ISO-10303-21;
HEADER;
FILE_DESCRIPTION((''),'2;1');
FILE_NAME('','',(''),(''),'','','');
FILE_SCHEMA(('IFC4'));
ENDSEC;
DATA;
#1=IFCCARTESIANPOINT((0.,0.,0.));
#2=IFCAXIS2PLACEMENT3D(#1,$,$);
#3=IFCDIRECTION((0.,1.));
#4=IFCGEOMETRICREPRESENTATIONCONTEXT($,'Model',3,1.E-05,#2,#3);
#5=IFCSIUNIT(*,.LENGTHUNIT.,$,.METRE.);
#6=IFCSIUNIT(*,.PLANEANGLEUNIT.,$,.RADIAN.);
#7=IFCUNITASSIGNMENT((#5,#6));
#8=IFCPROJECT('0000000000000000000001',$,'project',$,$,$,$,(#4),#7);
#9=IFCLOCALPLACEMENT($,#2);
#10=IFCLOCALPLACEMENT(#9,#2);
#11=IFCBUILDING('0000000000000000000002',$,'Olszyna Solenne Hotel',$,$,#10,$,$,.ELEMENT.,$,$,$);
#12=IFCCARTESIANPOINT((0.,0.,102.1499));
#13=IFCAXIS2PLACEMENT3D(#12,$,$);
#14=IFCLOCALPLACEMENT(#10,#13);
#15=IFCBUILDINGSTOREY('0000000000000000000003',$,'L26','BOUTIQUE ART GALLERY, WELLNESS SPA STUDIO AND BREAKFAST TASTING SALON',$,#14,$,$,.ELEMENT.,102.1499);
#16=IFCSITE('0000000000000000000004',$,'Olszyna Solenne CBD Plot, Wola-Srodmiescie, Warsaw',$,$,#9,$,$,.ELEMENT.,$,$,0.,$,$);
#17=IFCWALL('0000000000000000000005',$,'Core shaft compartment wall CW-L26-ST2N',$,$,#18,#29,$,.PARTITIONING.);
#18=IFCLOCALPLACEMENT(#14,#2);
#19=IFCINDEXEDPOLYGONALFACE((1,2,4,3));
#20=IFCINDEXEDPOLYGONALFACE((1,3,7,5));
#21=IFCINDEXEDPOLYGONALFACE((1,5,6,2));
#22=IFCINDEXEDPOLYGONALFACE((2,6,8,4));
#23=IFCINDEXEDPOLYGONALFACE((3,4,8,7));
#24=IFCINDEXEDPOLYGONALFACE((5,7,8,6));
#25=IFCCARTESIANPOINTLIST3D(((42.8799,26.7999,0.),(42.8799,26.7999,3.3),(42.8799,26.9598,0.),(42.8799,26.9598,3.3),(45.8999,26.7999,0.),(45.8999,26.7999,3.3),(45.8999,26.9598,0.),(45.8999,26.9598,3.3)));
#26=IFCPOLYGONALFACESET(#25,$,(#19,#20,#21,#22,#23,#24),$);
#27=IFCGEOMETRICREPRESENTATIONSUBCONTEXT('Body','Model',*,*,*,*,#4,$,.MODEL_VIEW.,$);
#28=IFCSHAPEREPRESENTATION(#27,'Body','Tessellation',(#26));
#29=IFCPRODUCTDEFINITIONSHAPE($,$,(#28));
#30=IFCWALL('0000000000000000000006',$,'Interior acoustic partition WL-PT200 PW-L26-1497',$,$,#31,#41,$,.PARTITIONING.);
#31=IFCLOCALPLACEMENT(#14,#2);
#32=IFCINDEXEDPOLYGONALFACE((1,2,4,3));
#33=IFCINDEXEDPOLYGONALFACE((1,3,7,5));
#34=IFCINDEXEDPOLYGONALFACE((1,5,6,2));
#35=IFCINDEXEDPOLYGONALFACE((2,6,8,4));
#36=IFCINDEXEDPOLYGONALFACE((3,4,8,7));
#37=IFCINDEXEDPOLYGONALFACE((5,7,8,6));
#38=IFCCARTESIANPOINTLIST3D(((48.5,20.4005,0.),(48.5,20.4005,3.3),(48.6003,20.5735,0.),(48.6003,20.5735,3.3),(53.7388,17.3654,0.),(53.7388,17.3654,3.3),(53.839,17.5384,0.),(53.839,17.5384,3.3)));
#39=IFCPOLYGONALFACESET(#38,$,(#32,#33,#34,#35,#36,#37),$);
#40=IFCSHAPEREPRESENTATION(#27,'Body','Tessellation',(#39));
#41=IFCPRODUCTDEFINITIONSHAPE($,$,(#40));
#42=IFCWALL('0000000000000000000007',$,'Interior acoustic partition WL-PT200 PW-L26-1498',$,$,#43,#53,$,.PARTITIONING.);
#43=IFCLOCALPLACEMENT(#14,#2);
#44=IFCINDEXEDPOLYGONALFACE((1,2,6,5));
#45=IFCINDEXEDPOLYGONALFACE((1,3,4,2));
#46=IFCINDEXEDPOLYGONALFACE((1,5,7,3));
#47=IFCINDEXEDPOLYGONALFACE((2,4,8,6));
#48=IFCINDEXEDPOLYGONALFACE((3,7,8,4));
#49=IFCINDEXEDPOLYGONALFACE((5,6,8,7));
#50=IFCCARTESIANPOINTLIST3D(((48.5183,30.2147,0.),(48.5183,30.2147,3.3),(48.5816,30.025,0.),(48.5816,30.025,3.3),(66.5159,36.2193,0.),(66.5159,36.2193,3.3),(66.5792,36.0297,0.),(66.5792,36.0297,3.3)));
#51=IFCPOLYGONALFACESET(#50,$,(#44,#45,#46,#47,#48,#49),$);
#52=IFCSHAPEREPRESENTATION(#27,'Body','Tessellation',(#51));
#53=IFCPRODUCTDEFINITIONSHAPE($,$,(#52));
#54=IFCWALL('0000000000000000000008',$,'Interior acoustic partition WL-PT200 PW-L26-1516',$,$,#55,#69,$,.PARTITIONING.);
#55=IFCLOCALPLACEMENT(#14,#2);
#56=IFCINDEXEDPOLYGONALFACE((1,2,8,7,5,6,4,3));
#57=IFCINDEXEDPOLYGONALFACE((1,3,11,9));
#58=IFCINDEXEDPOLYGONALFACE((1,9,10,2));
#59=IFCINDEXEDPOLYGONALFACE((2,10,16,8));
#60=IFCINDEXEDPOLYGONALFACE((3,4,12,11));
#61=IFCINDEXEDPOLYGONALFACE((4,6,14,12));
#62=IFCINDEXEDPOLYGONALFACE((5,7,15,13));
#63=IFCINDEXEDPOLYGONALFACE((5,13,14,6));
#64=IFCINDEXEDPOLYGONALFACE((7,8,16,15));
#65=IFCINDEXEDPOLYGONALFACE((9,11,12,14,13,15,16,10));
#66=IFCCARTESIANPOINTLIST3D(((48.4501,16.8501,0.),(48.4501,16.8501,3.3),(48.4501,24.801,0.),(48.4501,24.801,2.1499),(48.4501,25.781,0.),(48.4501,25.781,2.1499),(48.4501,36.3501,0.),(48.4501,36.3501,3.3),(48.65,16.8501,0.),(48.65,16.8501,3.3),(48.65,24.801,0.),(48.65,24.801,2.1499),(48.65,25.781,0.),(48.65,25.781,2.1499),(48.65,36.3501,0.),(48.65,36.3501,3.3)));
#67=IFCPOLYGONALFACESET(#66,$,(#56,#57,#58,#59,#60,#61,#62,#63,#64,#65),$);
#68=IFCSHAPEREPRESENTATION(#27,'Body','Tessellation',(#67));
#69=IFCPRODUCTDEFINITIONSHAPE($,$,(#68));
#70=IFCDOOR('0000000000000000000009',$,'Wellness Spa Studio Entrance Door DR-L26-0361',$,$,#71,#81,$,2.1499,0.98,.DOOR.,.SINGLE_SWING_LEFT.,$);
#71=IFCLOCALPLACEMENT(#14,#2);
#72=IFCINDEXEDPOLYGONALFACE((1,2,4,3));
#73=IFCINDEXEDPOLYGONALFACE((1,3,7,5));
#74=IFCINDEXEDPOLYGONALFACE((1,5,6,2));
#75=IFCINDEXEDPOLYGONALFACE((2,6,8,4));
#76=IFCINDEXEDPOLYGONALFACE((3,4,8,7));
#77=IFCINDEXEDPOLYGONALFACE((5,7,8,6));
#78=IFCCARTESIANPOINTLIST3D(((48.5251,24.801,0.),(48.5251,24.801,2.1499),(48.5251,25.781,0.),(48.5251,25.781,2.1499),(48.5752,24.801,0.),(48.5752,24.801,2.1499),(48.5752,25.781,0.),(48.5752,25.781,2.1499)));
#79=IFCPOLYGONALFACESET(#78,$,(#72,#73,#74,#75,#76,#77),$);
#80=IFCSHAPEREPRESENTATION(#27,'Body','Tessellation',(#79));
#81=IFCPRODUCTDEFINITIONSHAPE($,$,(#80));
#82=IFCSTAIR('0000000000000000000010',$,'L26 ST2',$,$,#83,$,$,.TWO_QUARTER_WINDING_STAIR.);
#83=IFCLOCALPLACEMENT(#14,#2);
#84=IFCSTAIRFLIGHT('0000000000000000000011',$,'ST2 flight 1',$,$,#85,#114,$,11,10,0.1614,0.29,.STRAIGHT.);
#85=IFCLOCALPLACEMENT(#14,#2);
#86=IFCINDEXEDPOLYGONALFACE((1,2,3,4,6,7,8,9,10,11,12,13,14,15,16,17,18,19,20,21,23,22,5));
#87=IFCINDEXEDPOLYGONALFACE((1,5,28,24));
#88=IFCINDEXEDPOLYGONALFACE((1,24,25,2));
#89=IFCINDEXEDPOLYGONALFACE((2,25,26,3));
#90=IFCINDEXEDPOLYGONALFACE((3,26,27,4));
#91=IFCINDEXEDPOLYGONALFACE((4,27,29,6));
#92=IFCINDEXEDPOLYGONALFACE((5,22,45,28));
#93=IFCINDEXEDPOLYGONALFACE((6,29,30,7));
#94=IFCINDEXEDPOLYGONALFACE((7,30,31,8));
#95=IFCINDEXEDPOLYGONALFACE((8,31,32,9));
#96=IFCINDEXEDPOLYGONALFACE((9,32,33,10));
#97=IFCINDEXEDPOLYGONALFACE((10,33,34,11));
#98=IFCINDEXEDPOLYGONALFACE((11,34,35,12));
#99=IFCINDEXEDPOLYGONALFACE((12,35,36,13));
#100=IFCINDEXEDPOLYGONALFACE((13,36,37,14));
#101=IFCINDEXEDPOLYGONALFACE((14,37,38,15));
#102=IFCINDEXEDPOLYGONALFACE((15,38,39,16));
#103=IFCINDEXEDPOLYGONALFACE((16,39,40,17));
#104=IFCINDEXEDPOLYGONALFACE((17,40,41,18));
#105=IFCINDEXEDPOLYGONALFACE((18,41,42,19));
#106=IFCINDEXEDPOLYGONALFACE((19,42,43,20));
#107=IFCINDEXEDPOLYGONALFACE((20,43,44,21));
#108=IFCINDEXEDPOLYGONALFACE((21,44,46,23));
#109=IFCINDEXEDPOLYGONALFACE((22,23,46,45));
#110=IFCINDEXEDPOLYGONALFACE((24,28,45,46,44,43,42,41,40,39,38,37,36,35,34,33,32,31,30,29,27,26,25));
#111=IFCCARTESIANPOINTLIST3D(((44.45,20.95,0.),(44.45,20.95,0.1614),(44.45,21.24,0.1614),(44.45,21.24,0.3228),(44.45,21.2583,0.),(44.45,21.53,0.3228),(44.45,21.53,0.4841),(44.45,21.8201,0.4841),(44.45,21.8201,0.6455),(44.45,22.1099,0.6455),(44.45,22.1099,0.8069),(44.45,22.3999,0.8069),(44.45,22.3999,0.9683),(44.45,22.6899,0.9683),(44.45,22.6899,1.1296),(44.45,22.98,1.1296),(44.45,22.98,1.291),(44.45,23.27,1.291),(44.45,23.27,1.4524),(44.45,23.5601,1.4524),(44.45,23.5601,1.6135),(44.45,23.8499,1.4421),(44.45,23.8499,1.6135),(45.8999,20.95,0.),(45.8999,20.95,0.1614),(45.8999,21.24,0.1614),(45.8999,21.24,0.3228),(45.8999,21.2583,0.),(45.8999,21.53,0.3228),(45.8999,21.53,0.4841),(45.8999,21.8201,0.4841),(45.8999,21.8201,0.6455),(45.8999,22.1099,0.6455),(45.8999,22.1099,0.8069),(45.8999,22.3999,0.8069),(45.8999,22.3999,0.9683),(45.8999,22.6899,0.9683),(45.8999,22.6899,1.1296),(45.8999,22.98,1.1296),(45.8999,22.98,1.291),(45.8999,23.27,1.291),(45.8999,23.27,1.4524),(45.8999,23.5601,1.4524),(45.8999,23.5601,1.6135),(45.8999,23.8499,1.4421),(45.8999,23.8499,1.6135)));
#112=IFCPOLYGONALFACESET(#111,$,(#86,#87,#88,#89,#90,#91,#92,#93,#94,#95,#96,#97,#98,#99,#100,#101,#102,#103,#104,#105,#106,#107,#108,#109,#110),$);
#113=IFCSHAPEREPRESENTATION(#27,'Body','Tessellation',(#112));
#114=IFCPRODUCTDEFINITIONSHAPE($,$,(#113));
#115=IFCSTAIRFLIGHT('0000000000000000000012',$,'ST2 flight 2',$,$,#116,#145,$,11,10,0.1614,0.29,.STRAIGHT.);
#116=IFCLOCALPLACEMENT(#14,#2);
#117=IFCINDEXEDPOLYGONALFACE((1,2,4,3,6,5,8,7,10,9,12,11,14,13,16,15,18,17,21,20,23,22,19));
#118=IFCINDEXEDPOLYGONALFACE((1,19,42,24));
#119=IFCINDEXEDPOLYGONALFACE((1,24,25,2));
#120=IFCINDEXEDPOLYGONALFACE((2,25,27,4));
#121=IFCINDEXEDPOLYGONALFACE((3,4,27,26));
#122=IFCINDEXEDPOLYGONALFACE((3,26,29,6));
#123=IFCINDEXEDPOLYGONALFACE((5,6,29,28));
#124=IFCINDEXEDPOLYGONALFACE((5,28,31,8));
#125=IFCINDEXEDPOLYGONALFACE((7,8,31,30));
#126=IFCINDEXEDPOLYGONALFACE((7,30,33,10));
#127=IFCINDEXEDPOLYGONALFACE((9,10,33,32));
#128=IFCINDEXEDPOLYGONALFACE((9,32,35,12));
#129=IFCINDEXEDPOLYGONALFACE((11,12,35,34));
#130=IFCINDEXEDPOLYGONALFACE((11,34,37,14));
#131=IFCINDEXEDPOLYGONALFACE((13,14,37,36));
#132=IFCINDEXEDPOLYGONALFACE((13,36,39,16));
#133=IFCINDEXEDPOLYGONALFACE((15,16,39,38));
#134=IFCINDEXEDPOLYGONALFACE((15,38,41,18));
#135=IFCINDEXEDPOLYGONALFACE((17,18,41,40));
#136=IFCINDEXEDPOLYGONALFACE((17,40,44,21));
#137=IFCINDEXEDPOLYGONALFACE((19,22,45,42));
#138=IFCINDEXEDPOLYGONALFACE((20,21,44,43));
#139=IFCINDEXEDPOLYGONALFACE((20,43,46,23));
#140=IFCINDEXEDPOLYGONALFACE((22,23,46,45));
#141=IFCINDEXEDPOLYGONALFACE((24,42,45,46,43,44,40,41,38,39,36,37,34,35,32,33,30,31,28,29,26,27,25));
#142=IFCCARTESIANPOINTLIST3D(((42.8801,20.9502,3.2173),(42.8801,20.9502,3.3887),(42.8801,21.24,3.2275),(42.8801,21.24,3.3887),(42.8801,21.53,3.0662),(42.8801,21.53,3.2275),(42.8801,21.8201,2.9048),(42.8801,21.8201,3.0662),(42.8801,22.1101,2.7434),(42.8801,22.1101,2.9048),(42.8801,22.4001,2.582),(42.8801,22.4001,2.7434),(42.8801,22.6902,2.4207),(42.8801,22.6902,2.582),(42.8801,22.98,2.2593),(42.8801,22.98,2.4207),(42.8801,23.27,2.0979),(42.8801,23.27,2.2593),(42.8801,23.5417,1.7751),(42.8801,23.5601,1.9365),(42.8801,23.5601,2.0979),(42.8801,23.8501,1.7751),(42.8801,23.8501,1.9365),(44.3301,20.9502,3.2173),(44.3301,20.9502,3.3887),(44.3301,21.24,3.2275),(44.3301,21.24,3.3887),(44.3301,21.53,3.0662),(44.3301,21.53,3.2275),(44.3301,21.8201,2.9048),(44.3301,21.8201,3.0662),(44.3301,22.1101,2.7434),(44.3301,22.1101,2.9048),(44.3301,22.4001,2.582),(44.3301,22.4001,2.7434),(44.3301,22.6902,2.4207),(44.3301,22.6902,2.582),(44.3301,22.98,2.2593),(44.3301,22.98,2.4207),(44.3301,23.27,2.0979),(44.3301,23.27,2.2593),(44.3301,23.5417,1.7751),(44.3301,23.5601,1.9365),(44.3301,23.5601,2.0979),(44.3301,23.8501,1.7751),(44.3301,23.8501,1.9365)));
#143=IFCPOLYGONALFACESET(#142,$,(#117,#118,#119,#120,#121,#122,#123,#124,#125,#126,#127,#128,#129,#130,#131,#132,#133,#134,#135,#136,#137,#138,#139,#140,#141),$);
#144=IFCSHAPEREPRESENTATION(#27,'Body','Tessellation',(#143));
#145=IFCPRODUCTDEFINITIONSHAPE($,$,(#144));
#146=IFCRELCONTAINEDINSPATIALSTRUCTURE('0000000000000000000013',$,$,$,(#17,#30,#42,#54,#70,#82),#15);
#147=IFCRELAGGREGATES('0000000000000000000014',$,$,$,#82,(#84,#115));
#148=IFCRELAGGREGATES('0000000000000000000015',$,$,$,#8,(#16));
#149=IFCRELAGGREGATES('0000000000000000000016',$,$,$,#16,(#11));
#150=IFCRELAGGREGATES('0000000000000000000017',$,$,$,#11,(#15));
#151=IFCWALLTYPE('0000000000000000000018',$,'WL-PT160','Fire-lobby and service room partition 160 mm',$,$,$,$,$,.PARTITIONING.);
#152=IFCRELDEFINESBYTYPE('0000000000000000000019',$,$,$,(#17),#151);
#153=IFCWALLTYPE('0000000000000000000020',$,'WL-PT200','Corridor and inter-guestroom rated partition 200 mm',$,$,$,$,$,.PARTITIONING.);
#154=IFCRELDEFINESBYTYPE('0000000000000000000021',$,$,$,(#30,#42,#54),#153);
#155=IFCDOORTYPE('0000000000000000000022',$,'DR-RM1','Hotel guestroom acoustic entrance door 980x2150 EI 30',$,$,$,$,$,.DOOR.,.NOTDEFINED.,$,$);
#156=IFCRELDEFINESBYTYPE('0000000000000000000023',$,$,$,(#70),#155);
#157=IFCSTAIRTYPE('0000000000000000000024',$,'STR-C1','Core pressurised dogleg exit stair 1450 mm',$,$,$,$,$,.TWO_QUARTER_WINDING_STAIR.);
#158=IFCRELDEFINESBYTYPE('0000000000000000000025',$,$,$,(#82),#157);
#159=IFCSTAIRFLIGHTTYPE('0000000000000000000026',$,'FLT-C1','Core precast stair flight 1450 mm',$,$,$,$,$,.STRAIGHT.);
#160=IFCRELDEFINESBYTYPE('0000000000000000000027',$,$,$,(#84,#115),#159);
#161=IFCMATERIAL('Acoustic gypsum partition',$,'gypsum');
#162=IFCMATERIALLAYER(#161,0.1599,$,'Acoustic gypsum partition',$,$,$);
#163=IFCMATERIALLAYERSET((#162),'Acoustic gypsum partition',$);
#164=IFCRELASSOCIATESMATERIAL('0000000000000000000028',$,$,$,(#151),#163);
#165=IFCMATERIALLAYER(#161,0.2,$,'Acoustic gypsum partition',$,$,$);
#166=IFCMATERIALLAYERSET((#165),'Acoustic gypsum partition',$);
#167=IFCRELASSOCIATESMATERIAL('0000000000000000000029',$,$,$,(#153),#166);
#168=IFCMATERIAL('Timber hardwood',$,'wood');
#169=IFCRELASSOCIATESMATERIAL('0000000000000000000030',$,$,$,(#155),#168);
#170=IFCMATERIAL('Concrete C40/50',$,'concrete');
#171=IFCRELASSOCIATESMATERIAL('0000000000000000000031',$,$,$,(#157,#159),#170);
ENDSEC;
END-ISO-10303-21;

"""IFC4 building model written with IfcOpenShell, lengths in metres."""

from ifc_helpers import new_model, si_unit, direction, frame, frame_2d, origin, place, context, subcontext, project, spatial, polyline, rectangle, outline, extrude, source, transform, mapped, material, layer, layer_set, type_object, type_shapes, element, fill, aggregate, save


model = new_model("IFC4")

# Units and contexts
model_context = context("Model", 3, precision=1e-05, world=origin(), true_north=direction((0.0, 1.0)))
body_context = subcontext(model_context, "Body", "Model", "MODEL_VIEW")
ifc_project = project(units=[si_unit("LENGTHUNIT", "METRE"), si_unit("PLANEANGLEUNIT", "RADIAN")], contexts=[model_context])

# Site, building, storey
site_placement = place(None, origin())
site = spatial("IfcSite", under=ifc_project, at=site_placement, Name="Olszyna Solenne CBD Plot, Wola-Srodmiescie, Warsaw", CompositionType="ELEMENT", RefElevation=0.0)
building_placement = place(site_placement, origin())
building = spatial("IfcBuilding", under=site, at=building_placement, Name="Olszyna Solenne Hotel", CompositionType="ELEMENT")
storey_placement = place(building_placement, frame((0.0, 0.0, 102.1499)))
storey = spatial("IfcBuildingStorey", under=building, at=storey_placement, Name="L26", Description="BOUTIQUE ART GALLERY, WELLNESS SPA STUDIO AND BREAKFAST TASTING SALON", CompositionType="ELEMENT", Elevation=102.1499)

# Shared definitions
ifc_material_1 = material(Name="Acoustic gypsum partition", Category="gypsum")

# Shared definitions
ifc_layer_1 = layer(ifc_material_1, 0.1599, Name="Acoustic gypsum partition")
ifc_layer_set_1 = layer_set([ifc_layer_1], Name="Acoustic gypsum partition")
wall_type_1 = type_object("IfcWallType", Name="WL-PT160", Description="Fire-lobby and service room partition 160 mm", PredefinedType="PARTITIONING", material=ifc_layer_set_1)

# Walls
wall_1_placement = place(storey_placement, frame((42.8799, 26.8799, 0.0), z_axis=(0.0, 0.0, 1.0), x_axis=(1.0, 0.0, 0.0)))
element("IfcWall", 1, at=wall_1_placement, inside=storey, type_object=wall_type_1, Name="Core shaft compartment wall CW-L26-ST2N", PredefinedType="PARTITIONING", context=body_context, shape_type="SweptSolid", body=[
    extrude(rectangle(XDim=3.02, YDim=0.1599, at=frame_2d((1.51, 0.0))), origin(), (0.0, 0.0, 1.0), 3.3),
])
ifc_layer_2 = layer(ifc_material_1, 0.2, Name="Acoustic gypsum partition")
ifc_layer_set_2 = layer_set([ifc_layer_2], Name="Acoustic gypsum partition")
wall_type_2 = type_object("IfcWallType", Name="WL-PT200", Description="Corridor and inter-guestroom rated partition 200 mm", PredefinedType="PARTITIONING", material=ifc_layer_set_2)
wall_2_placement = place(storey_placement, frame((48.55, 20.4871, 0.0), z_axis=(0.0, 0.0, 1.0), x_axis=(0.86527, -0.501306, 0.0)))
element("IfcWall", 2, at=wall_2_placement, inside=storey, type_object=wall_type_2, Name="Interior acoustic partition WL-PT200 PW-L26-1497", PredefinedType="PARTITIONING", context=body_context, shape_type="SweptSolid", body=[
    extrude(rectangle(XDim=6.0544, YDim=0.2, at=frame_2d((3.0273, 0.0))), origin(), (0.0, 0.0, 1.0), 3.3),
])
wall_3_placement = place(storey_placement, frame((48.55, 30.1199, 0.0), z_axis=(0.0, 0.0, 1.0), x_axis=(0.948597, 0.316486, 0.0)))
element("IfcWall", 3, at=wall_3_placement, inside=storey, type_object=wall_type_2, Name="Interior acoustic partition WL-PT200 PW-L26-1498", PredefinedType="PARTITIONING", context=body_context, shape_type="SweptSolid", body=[
    extrude(rectangle(XDim=18.9729, YDim=0.2, at=frame_2d((9.4863, 0.0))), origin(), (0.0, 0.0, 1.0), 3.3),
])

# Wall, opening, door
wall_4_placement = place(storey_placement, frame((48.55, 16.8501, 0.0), z_axis=(0.0, 0.0, 1.0), x_axis=(0.0, 1.0, 0.0)))
wall_4 = element("IfcWall", 4, at=wall_4_placement, inside=storey, type_object=wall_type_2, Name="Interior acoustic partition WL-PT200 PW-L26-1516", PredefinedType="PARTITIONING", context=body_context, shape_type="SweptSolid", body=[
    extrude(rectangle(XDim=19.5, YDim=0.2, at=frame_2d((9.75, 0.0))), origin(), (0.0, 0.0, 1.0), 3.3),
])
opening_1_placement = place(wall_4_placement, frame((7.9509, 0.0, 0.0)))
opening_1 = element("IfcOpeningElement", 5, at=opening_1_placement, cuts=wall_4, PredefinedType="OPENING", context=body_context, shape_type="SweptSolid", body=[
    extrude(rectangle(XDim=0.98, YDim=2.1499, at=frame_2d((0.49, 1.075))), frame((0.0, 0.1099, 0.0), z_axis=(0.0, -1.0, 0.0), x_axis=(1.0, 0.0, 0.0)), (0.0, 0.0, 1.0), 0.22),
])
ifc_material_2 = material(Name="Timber hardwood", Category="wood")
door_type_1 = type_object("IfcDoorType", Name="DR-RM1", Description="Hotel guestroom acoustic entrance door 980x2150 EI 30", OperationType="NOTDEFINED", PredefinedType="DOOR", material=ifc_material_2)
shared_shape_1 = source(origin(), body_context, "Body", "SweptSolid", [
    extrude(rectangle(XDim=0.98, YDim=2.1499, at=frame_2d((0.49, 1.075))), frame((0.0, 0.0249, 0.0), z_axis=(0.0, -1.0, 0.0), x_axis=(1.0, 0.0, 0.0)), (0.0, 0.0, 1.0), 0.05),
])
type_shapes(door_type_1, [shared_shape_1])
door_1_placement = place(opening_1_placement, origin())
door_1 = element("IfcDoor", 6, at=door_1_placement, inside=storey, type_object=door_type_1, Name="Wellness Spa Studio Entrance Door DR-L26-0361", OperationType="SINGLE_SWING_LEFT", OverallHeight=2.1499, OverallWidth=0.98, PredefinedType="DOOR", context=body_context, shape_type="MappedRepresentation", body=[
    mapped(shared_shape_1, transform((0.0, 0.0, 0.0), x_axis=(1.0, 0.0, 0.0), y_axis=(0.0, 1.0, 0.0), z_axis=(0.0, 0.0, 1.0), scale=1.0)),
])
fill(opening_1, door_1)

# Stair, stair flights
ifc_material_3 = material(Name="Concrete C40/50", Category="concrete")
stair_type = type_object("IfcStairType", Name="STR-C1", Description="Core pressurised dogleg exit stair 1450 mm", PredefinedType="TWO_QUARTER_WINDING_STAIR", material=ifc_material_3)
stair_placement = place(storey_placement, origin())
stair = element("IfcStair", 7, at=stair_placement, inside=storey, type_object=stair_type, Name="L26 ST2", PredefinedType="TWO_QUARTER_WINDING_STAIR")
stair_flight_type = type_object("IfcStairFlightType", Name="FLT-C1", Description="Core precast stair flight 1450 mm", PredefinedType="STRAIGHT", material=ifc_material_3)
stair_flight_1_placement = place(storey_placement, frame((45.175, 20.95, 0.0), z_axis=(0.0, 0.0, 1.0), x_axis=(0.0, 1.0, 0.0)))
stair_flight_1 = element("IfcStairFlight", 8, at=stair_flight_1_placement, type_object=stair_flight_type, Name="ST2 flight 1", NumberOfRisers=11, NumberOfTreads=10, PredefinedType="STRAIGHT", RiserHeight=0.1614, TreadLength=0.29, context=body_context, shape_type="SweptSolid", body=[
    extrude(outline(polyline([(0.0, 0.0), (0.0, 0.1614), (0.29, 0.1614), (0.29, 0.3228), (0.5801, 0.3228), (0.5801, 0.4841), (0.8701, 0.4841), (0.8701, 0.6455), (1.1599, 0.6455), (1.1599, 0.8069), (1.45, 0.8069), (1.45, 0.9683), (1.74, 0.9683), (1.74, 1.1296), (2.03, 1.1296), (2.03, 1.291), (2.3201, 1.291), (2.3201, 1.4524), (2.6101, 1.4524), (2.6101, 1.6135), (2.8999, 1.6135), (2.8999, 1.7749), (2.8999, 1.4421), (0.3083, 0.0), (0.0, 0.0)])), frame((0.0, 0.7251, 0.0), z_axis=(0.0, -1.0, 0.0), x_axis=(1.0, 0.0, 0.0)), (0.0, 0.0, 1.0), 1.45),
])
stair_flight_2_placement = place(storey_placement, frame((43.605, 23.8501, 1.7751), z_axis=(0.0, 0.0, 1.0), x_axis=(0.0, -1.0, 0.0)))
stair_flight_2 = element("IfcStairFlight", 9, at=stair_flight_2_placement, type_object=stair_flight_type, Name="ST2 flight 2", NumberOfRisers=11, NumberOfTreads=10, PredefinedType="STRAIGHT", RiserHeight=0.1614, TreadLength=0.29, context=body_context, shape_type="SweptSolid", body=[
    extrude(outline(polyline([(0.0, 0.0), (0.0, 0.1614), (0.29, 0.1614), (0.29, 0.3228), (0.5801, 0.3228), (0.5801, 0.4841), (0.8701, 0.4841), (0.8701, 0.6455), (1.1599, 0.6455), (1.1599, 0.8069), (1.45, 0.8069), (1.45, 0.9683), (1.74, 0.9683), (1.74, 1.1296), (2.03, 1.1296), (2.03, 1.291), (2.3201, 1.291), (2.3201, 1.4524), (2.6101, 1.4524), (2.6101, 1.6135), (2.8999, 1.6135), (2.8999, 1.7749), (2.8999, 1.4421), (0.3083, 0.0), (0.0, 0.0)])), frame((0.0, 0.7251, 0.0), z_axis=(0.0, -1.0, 0.0), x_axis=(1.0, 0.0, 0.0)), (0.0, 0.0, 1.0), 1.45),
])
aggregate(stair, [stair_flight_1, stair_flight_2])

save(model, "model.ifc")
